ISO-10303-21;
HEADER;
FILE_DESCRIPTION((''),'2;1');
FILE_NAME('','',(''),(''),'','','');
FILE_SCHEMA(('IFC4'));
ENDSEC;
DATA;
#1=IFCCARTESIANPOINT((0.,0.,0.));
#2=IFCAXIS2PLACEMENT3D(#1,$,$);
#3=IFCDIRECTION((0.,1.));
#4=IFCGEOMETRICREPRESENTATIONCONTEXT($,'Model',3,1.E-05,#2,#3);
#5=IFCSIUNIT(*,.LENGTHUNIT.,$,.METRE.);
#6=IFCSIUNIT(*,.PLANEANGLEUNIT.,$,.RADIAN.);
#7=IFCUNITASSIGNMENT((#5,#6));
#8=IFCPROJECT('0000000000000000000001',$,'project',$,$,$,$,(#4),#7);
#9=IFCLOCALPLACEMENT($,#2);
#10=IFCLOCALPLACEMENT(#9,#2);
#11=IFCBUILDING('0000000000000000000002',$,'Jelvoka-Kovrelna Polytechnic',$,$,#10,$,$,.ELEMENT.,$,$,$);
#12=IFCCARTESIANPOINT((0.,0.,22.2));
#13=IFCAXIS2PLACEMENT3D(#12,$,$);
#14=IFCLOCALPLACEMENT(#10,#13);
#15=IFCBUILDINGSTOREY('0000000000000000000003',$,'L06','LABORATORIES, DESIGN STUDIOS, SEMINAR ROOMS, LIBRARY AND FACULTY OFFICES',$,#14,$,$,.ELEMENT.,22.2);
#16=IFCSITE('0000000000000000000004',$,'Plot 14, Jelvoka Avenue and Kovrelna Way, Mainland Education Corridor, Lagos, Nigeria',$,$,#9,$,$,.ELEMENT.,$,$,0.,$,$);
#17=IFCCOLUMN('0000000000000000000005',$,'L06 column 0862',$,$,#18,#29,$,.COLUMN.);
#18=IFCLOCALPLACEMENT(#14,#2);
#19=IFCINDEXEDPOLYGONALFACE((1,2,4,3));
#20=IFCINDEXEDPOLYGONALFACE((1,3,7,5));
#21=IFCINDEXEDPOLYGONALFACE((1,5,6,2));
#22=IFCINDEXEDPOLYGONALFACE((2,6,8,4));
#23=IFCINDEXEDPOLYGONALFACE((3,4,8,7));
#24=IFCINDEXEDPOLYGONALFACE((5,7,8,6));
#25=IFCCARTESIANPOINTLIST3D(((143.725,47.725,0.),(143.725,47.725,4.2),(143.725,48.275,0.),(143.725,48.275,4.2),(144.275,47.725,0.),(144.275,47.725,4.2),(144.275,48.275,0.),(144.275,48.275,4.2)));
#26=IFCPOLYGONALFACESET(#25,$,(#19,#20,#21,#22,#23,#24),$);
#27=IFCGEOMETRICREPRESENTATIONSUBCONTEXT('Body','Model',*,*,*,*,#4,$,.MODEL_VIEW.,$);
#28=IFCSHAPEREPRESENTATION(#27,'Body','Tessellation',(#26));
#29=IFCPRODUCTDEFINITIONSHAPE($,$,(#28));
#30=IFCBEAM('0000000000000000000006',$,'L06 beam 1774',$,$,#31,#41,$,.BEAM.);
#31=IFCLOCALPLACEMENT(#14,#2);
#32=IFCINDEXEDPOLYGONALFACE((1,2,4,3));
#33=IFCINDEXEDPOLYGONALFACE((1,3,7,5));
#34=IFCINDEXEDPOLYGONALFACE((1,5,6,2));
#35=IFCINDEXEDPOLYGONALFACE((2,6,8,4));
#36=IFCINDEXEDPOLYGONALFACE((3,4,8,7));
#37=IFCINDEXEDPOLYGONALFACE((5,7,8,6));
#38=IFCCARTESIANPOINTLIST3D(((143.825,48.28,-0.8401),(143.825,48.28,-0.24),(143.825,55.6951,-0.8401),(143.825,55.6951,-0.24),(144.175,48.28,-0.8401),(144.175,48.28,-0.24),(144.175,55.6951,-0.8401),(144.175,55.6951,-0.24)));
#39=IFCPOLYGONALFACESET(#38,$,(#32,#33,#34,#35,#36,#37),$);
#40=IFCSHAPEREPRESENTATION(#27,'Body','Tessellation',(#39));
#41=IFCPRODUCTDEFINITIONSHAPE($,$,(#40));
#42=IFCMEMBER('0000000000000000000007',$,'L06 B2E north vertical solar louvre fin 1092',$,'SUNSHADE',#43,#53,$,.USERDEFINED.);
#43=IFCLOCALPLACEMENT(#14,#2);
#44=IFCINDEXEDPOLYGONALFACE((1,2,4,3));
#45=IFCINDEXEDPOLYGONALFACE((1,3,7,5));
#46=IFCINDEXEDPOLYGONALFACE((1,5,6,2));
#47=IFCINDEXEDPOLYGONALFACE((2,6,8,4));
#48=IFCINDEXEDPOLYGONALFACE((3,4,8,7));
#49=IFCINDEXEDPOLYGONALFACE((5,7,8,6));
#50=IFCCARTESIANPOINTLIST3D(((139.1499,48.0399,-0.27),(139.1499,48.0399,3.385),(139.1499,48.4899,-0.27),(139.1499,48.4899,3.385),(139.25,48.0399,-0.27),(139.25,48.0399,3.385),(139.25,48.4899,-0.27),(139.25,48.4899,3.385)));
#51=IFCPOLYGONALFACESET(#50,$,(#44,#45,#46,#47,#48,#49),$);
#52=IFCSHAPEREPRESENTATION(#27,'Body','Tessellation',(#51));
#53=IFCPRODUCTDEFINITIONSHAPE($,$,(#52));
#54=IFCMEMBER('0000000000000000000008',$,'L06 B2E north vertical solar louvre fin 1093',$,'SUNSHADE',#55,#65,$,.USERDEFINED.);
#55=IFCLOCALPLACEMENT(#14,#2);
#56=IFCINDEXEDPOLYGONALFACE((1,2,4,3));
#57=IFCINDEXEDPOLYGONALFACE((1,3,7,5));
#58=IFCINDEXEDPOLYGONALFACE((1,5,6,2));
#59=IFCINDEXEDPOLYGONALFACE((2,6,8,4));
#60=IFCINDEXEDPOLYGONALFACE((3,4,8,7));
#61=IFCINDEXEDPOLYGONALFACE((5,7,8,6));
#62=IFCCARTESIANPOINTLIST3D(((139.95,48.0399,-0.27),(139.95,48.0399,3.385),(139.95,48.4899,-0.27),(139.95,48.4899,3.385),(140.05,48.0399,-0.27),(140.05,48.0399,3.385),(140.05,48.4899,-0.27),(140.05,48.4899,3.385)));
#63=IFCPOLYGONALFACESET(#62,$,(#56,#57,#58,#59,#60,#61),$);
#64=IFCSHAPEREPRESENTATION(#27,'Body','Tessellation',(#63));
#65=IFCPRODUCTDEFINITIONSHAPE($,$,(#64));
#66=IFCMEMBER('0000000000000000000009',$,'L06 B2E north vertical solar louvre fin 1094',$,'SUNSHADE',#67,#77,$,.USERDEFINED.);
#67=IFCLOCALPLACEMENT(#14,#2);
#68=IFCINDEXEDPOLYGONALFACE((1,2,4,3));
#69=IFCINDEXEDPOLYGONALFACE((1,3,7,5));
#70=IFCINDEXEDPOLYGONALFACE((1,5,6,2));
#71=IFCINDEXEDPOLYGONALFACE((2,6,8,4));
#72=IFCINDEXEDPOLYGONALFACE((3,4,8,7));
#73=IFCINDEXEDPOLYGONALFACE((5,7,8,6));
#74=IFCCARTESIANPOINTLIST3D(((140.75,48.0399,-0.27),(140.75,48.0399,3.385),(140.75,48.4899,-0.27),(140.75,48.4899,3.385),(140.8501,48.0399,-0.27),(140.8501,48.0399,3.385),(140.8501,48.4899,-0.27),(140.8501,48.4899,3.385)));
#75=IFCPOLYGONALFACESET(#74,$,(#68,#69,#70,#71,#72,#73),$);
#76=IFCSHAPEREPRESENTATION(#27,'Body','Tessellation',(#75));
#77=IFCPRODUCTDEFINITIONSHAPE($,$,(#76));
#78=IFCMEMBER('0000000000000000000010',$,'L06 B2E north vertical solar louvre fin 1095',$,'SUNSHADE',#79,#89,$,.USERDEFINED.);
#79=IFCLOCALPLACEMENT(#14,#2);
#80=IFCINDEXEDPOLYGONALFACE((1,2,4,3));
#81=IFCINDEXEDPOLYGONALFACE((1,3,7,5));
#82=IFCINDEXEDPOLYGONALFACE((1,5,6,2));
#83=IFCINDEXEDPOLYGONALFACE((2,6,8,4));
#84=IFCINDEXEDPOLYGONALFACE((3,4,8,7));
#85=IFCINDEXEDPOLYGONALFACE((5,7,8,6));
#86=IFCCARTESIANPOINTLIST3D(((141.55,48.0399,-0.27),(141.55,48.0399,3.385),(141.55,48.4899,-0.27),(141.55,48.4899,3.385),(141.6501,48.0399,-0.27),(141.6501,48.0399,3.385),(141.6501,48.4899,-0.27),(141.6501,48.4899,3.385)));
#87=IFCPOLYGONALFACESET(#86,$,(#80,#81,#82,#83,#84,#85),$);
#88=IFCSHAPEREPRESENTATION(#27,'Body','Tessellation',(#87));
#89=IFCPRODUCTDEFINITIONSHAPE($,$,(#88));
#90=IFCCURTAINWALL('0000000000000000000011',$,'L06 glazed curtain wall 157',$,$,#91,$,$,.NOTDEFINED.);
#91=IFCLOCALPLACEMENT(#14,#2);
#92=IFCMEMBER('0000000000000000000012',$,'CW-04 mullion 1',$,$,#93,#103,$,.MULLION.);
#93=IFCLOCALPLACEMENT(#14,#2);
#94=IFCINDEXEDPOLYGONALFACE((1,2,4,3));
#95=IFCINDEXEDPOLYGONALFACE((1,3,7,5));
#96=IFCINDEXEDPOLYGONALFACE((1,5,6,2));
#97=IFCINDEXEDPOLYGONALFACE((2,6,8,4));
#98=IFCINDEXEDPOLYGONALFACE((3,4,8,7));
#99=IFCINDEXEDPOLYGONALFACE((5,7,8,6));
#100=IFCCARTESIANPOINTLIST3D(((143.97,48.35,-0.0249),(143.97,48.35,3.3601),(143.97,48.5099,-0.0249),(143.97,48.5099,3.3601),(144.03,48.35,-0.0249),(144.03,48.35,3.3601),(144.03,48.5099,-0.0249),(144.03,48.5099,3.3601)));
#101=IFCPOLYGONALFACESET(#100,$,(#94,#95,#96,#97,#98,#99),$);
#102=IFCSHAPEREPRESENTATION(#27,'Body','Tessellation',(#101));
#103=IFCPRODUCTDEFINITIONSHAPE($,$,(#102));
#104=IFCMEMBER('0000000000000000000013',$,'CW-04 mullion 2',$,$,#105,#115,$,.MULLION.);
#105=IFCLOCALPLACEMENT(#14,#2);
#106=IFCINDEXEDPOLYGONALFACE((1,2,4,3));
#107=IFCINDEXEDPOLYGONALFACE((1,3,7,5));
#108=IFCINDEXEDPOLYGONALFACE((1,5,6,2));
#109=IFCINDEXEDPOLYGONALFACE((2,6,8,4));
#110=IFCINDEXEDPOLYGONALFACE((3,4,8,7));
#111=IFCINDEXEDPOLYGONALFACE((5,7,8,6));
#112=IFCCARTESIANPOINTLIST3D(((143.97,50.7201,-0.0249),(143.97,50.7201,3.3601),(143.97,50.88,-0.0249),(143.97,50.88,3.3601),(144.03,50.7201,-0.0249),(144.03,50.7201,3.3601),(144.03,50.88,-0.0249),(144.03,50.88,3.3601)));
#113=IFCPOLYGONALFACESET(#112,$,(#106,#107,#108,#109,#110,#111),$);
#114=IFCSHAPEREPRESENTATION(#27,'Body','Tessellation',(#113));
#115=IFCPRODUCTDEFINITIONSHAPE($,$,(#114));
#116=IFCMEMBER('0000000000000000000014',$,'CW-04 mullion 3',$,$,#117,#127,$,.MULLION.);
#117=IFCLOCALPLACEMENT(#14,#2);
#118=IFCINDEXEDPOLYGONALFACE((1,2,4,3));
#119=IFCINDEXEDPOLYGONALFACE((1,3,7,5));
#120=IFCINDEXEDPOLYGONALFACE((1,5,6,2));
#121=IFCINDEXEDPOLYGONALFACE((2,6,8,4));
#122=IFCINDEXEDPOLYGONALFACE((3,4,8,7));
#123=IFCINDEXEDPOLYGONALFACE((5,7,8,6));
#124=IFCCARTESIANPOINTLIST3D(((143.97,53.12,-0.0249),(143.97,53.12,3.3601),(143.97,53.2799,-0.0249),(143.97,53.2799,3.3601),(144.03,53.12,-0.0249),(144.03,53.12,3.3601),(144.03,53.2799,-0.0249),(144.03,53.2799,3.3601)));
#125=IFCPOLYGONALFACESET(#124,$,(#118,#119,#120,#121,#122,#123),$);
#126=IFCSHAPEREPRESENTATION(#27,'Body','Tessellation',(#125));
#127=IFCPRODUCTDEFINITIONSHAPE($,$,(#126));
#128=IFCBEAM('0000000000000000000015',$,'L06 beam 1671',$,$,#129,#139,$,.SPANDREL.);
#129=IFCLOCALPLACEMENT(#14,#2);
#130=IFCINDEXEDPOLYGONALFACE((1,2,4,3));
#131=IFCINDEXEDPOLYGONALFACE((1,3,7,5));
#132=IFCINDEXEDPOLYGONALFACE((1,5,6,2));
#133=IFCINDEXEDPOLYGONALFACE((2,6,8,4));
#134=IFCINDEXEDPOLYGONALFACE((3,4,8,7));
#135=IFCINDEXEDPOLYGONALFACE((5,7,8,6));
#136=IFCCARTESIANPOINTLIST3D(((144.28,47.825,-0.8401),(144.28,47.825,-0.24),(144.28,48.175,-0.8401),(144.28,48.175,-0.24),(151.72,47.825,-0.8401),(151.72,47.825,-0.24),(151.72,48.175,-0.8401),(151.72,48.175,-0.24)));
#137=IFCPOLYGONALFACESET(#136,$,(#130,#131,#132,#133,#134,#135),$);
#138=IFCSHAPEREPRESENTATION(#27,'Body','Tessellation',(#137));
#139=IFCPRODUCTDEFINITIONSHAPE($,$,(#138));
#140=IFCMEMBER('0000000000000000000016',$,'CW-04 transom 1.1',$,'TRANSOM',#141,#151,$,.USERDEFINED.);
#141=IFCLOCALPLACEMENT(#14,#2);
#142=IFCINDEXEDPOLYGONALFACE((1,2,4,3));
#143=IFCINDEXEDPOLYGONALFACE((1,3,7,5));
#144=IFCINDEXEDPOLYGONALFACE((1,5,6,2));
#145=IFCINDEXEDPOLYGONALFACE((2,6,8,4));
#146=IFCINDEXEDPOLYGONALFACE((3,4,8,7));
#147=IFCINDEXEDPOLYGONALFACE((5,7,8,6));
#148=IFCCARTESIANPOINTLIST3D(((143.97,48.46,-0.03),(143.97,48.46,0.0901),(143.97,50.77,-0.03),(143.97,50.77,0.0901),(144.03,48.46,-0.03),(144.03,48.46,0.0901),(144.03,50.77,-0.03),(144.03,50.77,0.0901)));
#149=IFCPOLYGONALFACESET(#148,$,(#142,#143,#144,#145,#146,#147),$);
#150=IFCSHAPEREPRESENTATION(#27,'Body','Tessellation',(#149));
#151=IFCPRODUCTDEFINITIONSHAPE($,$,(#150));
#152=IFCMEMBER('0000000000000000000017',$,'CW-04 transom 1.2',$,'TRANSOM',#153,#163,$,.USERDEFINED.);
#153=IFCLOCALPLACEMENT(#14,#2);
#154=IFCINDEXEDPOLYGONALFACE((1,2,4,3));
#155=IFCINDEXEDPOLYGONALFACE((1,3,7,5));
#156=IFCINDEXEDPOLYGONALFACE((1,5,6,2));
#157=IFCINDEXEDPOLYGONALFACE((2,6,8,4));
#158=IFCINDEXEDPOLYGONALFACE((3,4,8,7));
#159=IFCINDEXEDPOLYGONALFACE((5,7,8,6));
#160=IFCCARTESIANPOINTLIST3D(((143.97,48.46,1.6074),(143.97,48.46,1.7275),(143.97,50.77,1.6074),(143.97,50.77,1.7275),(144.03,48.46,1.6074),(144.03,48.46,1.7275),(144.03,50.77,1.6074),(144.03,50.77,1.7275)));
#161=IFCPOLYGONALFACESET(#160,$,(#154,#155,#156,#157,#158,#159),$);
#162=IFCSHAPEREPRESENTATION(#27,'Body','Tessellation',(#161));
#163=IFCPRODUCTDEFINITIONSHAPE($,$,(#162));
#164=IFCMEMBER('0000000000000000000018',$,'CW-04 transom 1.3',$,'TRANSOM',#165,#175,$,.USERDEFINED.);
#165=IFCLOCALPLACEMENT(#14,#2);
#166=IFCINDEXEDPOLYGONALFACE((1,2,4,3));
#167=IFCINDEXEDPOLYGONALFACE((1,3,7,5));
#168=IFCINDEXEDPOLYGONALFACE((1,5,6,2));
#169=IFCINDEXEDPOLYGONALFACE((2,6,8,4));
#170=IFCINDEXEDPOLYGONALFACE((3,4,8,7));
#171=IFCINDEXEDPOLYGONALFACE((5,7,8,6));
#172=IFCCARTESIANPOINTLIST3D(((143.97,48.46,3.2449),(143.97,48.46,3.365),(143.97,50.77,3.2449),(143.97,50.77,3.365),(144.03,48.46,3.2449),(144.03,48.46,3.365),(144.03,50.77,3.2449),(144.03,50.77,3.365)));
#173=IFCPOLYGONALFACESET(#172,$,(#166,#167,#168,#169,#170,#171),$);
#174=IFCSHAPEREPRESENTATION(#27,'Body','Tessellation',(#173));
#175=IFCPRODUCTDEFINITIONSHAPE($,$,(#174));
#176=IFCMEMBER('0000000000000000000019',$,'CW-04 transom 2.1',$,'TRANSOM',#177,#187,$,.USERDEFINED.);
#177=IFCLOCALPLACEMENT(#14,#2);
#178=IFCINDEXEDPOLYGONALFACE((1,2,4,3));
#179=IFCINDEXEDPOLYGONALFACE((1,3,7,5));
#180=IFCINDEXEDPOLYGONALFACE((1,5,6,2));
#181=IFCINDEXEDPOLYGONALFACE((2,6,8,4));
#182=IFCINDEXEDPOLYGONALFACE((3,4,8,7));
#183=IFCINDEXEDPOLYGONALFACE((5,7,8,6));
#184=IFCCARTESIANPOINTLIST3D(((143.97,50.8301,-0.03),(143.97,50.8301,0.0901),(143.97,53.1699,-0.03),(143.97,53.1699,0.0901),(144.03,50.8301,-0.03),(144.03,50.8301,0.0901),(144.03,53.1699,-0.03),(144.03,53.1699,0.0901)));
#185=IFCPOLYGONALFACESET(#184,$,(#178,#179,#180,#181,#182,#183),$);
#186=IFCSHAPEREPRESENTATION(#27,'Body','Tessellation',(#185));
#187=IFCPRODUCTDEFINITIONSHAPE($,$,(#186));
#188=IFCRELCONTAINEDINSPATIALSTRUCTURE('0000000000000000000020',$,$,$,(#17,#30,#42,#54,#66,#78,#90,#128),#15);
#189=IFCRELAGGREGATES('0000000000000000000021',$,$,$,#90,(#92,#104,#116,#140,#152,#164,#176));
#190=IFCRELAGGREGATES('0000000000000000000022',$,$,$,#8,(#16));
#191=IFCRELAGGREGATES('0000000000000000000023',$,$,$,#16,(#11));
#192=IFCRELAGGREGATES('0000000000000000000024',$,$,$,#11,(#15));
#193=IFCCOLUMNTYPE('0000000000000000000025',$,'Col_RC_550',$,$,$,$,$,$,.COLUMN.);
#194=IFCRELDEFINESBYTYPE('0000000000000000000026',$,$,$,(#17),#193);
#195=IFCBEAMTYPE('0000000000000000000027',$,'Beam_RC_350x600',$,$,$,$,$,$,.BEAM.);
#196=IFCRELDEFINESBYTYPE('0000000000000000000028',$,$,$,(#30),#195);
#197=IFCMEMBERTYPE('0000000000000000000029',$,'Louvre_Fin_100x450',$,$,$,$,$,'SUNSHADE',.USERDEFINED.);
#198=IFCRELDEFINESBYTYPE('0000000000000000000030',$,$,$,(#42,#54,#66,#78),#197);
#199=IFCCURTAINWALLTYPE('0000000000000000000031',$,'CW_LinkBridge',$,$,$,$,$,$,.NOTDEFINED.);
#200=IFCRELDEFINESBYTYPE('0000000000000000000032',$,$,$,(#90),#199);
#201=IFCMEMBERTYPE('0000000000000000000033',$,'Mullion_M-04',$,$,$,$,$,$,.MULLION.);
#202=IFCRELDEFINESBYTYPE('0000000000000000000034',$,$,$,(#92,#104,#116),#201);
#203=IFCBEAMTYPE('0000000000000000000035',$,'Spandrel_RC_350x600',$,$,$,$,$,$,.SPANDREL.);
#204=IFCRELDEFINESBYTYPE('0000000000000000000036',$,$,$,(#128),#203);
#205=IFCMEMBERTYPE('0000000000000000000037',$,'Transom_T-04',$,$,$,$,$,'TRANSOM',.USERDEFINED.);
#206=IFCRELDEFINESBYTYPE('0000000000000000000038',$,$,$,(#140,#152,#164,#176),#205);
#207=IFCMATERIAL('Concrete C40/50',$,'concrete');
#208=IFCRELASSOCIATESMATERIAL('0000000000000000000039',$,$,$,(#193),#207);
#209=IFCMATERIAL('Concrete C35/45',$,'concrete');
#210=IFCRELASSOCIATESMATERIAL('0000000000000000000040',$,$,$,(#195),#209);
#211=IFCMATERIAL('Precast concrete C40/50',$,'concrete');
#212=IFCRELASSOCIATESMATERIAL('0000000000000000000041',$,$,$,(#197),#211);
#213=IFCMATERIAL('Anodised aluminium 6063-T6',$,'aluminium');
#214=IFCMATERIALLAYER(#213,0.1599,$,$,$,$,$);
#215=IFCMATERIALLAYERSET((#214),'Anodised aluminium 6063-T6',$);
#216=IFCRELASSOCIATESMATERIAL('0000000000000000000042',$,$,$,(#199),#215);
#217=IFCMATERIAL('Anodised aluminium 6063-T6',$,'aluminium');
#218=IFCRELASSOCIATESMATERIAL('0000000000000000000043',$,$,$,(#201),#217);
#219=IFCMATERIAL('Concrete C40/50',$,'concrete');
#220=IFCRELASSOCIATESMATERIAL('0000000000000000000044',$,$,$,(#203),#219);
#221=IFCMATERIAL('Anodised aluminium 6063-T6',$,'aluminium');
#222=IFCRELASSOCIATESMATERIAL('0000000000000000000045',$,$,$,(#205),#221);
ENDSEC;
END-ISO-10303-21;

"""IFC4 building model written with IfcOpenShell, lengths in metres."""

from ifc_helpers import new_model, si_unit, direction, frame, origin, origin_2d, place, context, subcontext, project, spatial, rectangle, extrude, material, layer, layer_set, material_profile, profile_set, type_object, element, aggregate, save


model = new_model("IFC4")

# Units and contexts
model_context = context("Model", 3, precision=1e-05, world=origin(), true_north=direction((0.0, 1.0)))
body_context = subcontext(model_context, "Body", "Model", "MODEL_VIEW")
ifc_project = project(units=[si_unit("LENGTHUNIT", "METRE"), si_unit("PLANEANGLEUNIT", "RADIAN")], contexts=[model_context])

# Site, building, storey
site_placement = place(None, origin())
site = spatial("IfcSite", under=ifc_project, at=site_placement, Name="Plot 14, Jelvoka Avenue and Kovrelna Way, Mainland Education Corridor, Lagos, Nigeria", CompositionType="ELEMENT", RefElevation=0.0)
building_placement = place(site_placement, origin())
building = spatial("IfcBuilding", under=site, at=building_placement, Name="Jelvoka-Kovrelna Polytechnic", CompositionType="ELEMENT")
storey_placement = place(building_placement, frame((0.0, 0.0, 22.2)))
storey = spatial("IfcBuildingStorey", under=building, at=storey_placement, Name="L06", Description="LABORATORIES, DESIGN STUDIOS, SEMINAR ROOMS, LIBRARY AND FACULTY OFFICES", CompositionType="ELEMENT", Elevation=22.2)

# Column
ifc_material_1 = material(Name="Concrete C40/50", Category="concrete")
ifc_material_profile_1 = material_profile(ifc_material_1, rectangle(XDim=0.55, YDim=0.55, at=origin_2d()), Name="RC 550x550")
ifc_profile_set_1 = profile_set([ifc_material_profile_1], Name="Concrete C40/50")
column_type = type_object("IfcColumnType", Name="Col_RC_550", PredefinedType="COLUMN", material=ifc_profile_set_1)
column_placement = place(storey_placement, frame((144.0, 48.0, 0.0), z_axis=(0.0, 0.0, 1.0), x_axis=(1.0, 0.0, 0.0)))
element("IfcColumn", 1, at=column_placement, inside=storey, type_object=column_type, Name="L06 column 0862", PredefinedType="COLUMN", context=body_context, shape_type="SweptSolid", body=[
    extrude(rectangle(XDim=0.55, YDim=0.55, at=origin_2d()), origin(), (0.0, 0.0, 1.0), 4.2),
])

# Beam
ifc_material_2 = material(Name="Concrete C35/45", Category="concrete")
ifc_material_profile_2 = material_profile(ifc_material_2, rectangle(XDim=0.3501, YDim=0.6001, at=origin_2d()), Name="RC 350x600")
ifc_profile_set_2 = profile_set([ifc_material_profile_2], Name="Concrete C35/45")
beam_type_1 = type_object("IfcBeamType", Name="Beam_RC_350x600", PredefinedType="BEAM", material=ifc_profile_set_2)
beam_1_placement = place(storey_placement, frame((144.0, 48.28, -0.54), z_axis=(0.0, 1.0, 0.0), x_axis=(-1.0, 0.0, 0.0)))
element("IfcBeam", 2, at=beam_1_placement, inside=storey, type_object=beam_type_1, Name="L06 beam 1774", PredefinedType="BEAM", context=body_context, shape_type="SweptSolid", body=[
    extrude(rectangle(XDim=0.3501, YDim=0.6001, at=origin_2d()), origin(), (0.0, 0.0, 1.0), 7.415),
])

# Members
ifc_material_3 = material(Name="Precast concrete C40/50", Category="concrete")
ifc_material_profile_3 = material_profile(ifc_material_3, rectangle(XDim=0.1001, YDim=0.45, at=origin_2d()), Name="PC 100x450")
ifc_profile_set_3 = profile_set([ifc_material_profile_3], Name="Precast concrete C40/50")
member_type_1 = type_object("IfcMemberType", Name="Louvre_Fin_100x450", ElementType="SUNSHADE", PredefinedType="USERDEFINED", material=ifc_profile_set_3)
for number, where, z_axis, x_axis, name in (
    (3, (139.2, 48.2649, -0.27), (0.0, 0.0, 1.0), (1.0, 0.0, 0.0), "L06 B2E north vertical solar louvre fin 1092"),
    (4, (140.0, 48.2649, -0.27), (0.0, 0.0, 1.0), (1.0, 0.0, 0.0), "L06 B2E north vertical solar louvre fin 1093"),
    (5, (140.8, 48.2649, -0.27), (0.0, 0.0, 1.0), (1.0, 0.0, 0.0), "L06 B2E north vertical solar louvre fin 1094"),
    (6, (141.6001, 48.2649, -0.27), (0.0, 0.0, 1.0), (1.0, 0.0, 0.0), "L06 B2E north vertical solar louvre fin 1095"),
):
    element("IfcMember", number, at=place(storey_placement, frame(where, z_axis=z_axis, x_axis=x_axis)), inside=storey, type_object=member_type_1, Name=name, ObjectType="SUNSHADE", PredefinedType="USERDEFINED", context=body_context, shape_type="SweptSolid", body=[
        extrude(rectangle(XDim=0.1001, YDim=0.45, at=origin_2d()), origin(), (0.0, 0.0, 1.0), 3.655),
    ])

# Curtain wall, members
ifc_material_4 = material(Name="Anodised aluminium 6063-T6", Category="aluminium")
ifc_layer_1 = layer(ifc_material_4, 0.1599)
ifc_layer_set_1 = layer_set([ifc_layer_1], Name="Anodised aluminium 6063-T6")
curtain_wall_type = type_object("IfcCurtainWallType", Name="CW_LinkBridge", PredefinedType="NOTDEFINED", material=ifc_layer_set_1)
curtain_wall_placement = place(storey_placement, origin())
curtain_wall = element("IfcCurtainWall", 7, at=curtain_wall_placement, inside=storey, type_object=curtain_wall_type, Name="L06 glazed curtain wall 157", PredefinedType="NOTDEFINED")
ifc_material_5 = material(Name="Anodised aluminium 6063-T6", Category="aluminium")
ifc_material_profile_4 = material_profile(ifc_material_5, rectangle(XDim=0.0601, YDim=0.1599, at=origin_2d()), Name="ALU 60x160")
ifc_profile_set_4 = profile_set([ifc_material_profile_4], Name="Anodised aluminium 6063-T6")
member_type_2 = type_object("IfcMemberType", Name="Mullion_M-04", PredefinedType="MULLION", material=ifc_profile_set_4)
member_1_placement = place(storey_placement, frame((144.0, 48.4299, -0.0249), z_axis=(0.0, 0.0, 1.0), x_axis=(-1.0, 0.0, 0.0)))
member_1 = element("IfcMember", 8, at=member_1_placement, type_object=member_type_2, Name="CW-04 mullion 1", PredefinedType="MULLION", context=body_context, shape_type="SweptSolid", body=[
    extrude(rectangle(XDim=0.0601, YDim=0.1599, at=origin_2d()), origin(), (0.0, 0.0, 1.0), 3.385),
])
member_2_placement = place(storey_placement, frame((144.0, 50.8, -0.0249), z_axis=(0.0, 0.0, 1.0), x_axis=(-1.0, 0.0, 0.0)))
member_2 = element("IfcMember", 9, at=member_2_placement, type_object=member_type_2, Name="CW-04 mullion 2", PredefinedType="MULLION", context=body_context, shape_type="SweptSolid", body=[
    extrude(rectangle(XDim=0.0601, YDim=0.1599, at=origin_2d()), origin(), (0.0, 0.0, 1.0), 3.385),
])
member_3_placement = place(storey_placement, frame((144.0, 53.2, -0.0249), z_axis=(0.0, 0.0, 1.0), x_axis=(-1.0, 0.0, 0.0)))
member_3 = element("IfcMember", 10, at=member_3_placement, type_object=member_type_2, Name="CW-04 mullion 3", PredefinedType="MULLION", context=body_context, shape_type="SweptSolid", body=[
    extrude(rectangle(XDim=0.0601, YDim=0.1599, at=origin_2d()), origin(), (0.0, 0.0, 1.0), 3.385),
])

# Beam
ifc_material_6 = material(Name="Concrete C40/50", Category="concrete")
ifc_material_profile_5 = material_profile(ifc_material_6, rectangle(XDim=0.3501, YDim=0.6001, at=origin_2d()), Name="RC 350x600")
ifc_profile_set_5 = profile_set([ifc_material_profile_5], Name="Concrete C40/50")
beam_type_2 = type_object("IfcBeamType", Name="Spandrel_RC_350x600", PredefinedType="SPANDREL", material=ifc_profile_set_5)
beam_2_placement = place(storey_placement, frame((144.28, 48.0, -0.54), z_axis=(1.0, 0.0, 0.0), x_axis=(0.0, 1.0, 0.0)))
element("IfcBeam", 11, at=beam_2_placement, inside=storey, type_object=beam_type_2, Name="L06 beam 1671", PredefinedType="SPANDREL", context=body_context, shape_type="SweptSolid", body=[
    extrude(rectangle(XDim=0.3501, YDim=0.6001, at=origin_2d()), origin(), (0.0, 0.0, 1.0), 7.4399),
])

# Members
ifc_material_7 = material(Name="Anodised aluminium 6063-T6", Category="aluminium")
ifc_material_profile_6 = material_profile(ifc_material_7, rectangle(XDim=0.0601, YDim=0.1201, at=origin_2d()), Name="ALU 60x120")
ifc_profile_set_6 = profile_set([ifc_material_profile_6], Name="Anodised aluminium 6063-T6")
member_type_3 = type_object("IfcMemberType", Name="Transom_T-04", ElementType="TRANSOM", PredefinedType="USERDEFINED", material=ifc_profile_set_6)
member_4_placement = place(storey_placement, frame((144.0, 48.46, 0.03), z_axis=(0.0, 1.0, 0.0), x_axis=(-1.0, 0.0, 0.0)))
member_4 = element("IfcMember", 12, at=member_4_placement, type_object=member_type_3, Name="CW-04 transom 1.1", ObjectType="TRANSOM", PredefinedType="USERDEFINED", context=body_context, shape_type="SweptSolid", body=[
    extrude(rectangle(XDim=0.0601, YDim=0.1201, at=origin_2d()), origin(), (0.0, 0.0, 1.0), 2.3101),
])
member_5_placement = place(storey_placement, frame((144.0, 48.46, 1.6675), z_axis=(0.0, 1.0, 0.0), x_axis=(-1.0, 0.0, 0.0)))
member_5 = element("IfcMember", 13, at=member_5_placement, type_object=member_type_3, Name="CW-04 transom 1.2", ObjectType="TRANSOM", PredefinedType="USERDEFINED", context=body_context, shape_type="SweptSolid", body=[
    extrude(rectangle(XDim=0.0601, YDim=0.1201, at=origin_2d()), origin(), (0.0, 0.0, 1.0), 2.3101),
])
member_6_placement = place(storey_placement, frame((144.0, 48.46, 3.3049), z_axis=(0.0, 1.0, 0.0), x_axis=(-1.0, 0.0, 0.0)))
member_6 = element("IfcMember", 14, at=member_6_placement, type_object=member_type_3, Name="CW-04 transom 1.3", ObjectType="TRANSOM", PredefinedType="USERDEFINED", context=body_context, shape_type="SweptSolid", body=[
    extrude(rectangle(XDim=0.0601, YDim=0.1201, at=origin_2d()), origin(), (0.0, 0.0, 1.0), 2.3101),
])
member_7_placement = place(storey_placement, frame((144.0, 50.8301, 0.03), z_axis=(0.0, 1.0, 0.0), x_axis=(-1.0, 0.0, 0.0)))
member_7 = element("IfcMember", 15, at=member_7_placement, type_object=member_type_3, Name="CW-04 transom 2.1", ObjectType="TRANSOM", PredefinedType="USERDEFINED", context=body_context, shape_type="SweptSolid", body=[
    extrude(rectangle(XDim=0.0601, YDim=0.1201, at=origin_2d()), origin(), (0.0, 0.0, 1.0), 2.3398),
])

aggregate(curtain_wall, [member_1, member_2, member_3, member_4, member_5, member_6, member_7])

save(model, "model.ifc")
